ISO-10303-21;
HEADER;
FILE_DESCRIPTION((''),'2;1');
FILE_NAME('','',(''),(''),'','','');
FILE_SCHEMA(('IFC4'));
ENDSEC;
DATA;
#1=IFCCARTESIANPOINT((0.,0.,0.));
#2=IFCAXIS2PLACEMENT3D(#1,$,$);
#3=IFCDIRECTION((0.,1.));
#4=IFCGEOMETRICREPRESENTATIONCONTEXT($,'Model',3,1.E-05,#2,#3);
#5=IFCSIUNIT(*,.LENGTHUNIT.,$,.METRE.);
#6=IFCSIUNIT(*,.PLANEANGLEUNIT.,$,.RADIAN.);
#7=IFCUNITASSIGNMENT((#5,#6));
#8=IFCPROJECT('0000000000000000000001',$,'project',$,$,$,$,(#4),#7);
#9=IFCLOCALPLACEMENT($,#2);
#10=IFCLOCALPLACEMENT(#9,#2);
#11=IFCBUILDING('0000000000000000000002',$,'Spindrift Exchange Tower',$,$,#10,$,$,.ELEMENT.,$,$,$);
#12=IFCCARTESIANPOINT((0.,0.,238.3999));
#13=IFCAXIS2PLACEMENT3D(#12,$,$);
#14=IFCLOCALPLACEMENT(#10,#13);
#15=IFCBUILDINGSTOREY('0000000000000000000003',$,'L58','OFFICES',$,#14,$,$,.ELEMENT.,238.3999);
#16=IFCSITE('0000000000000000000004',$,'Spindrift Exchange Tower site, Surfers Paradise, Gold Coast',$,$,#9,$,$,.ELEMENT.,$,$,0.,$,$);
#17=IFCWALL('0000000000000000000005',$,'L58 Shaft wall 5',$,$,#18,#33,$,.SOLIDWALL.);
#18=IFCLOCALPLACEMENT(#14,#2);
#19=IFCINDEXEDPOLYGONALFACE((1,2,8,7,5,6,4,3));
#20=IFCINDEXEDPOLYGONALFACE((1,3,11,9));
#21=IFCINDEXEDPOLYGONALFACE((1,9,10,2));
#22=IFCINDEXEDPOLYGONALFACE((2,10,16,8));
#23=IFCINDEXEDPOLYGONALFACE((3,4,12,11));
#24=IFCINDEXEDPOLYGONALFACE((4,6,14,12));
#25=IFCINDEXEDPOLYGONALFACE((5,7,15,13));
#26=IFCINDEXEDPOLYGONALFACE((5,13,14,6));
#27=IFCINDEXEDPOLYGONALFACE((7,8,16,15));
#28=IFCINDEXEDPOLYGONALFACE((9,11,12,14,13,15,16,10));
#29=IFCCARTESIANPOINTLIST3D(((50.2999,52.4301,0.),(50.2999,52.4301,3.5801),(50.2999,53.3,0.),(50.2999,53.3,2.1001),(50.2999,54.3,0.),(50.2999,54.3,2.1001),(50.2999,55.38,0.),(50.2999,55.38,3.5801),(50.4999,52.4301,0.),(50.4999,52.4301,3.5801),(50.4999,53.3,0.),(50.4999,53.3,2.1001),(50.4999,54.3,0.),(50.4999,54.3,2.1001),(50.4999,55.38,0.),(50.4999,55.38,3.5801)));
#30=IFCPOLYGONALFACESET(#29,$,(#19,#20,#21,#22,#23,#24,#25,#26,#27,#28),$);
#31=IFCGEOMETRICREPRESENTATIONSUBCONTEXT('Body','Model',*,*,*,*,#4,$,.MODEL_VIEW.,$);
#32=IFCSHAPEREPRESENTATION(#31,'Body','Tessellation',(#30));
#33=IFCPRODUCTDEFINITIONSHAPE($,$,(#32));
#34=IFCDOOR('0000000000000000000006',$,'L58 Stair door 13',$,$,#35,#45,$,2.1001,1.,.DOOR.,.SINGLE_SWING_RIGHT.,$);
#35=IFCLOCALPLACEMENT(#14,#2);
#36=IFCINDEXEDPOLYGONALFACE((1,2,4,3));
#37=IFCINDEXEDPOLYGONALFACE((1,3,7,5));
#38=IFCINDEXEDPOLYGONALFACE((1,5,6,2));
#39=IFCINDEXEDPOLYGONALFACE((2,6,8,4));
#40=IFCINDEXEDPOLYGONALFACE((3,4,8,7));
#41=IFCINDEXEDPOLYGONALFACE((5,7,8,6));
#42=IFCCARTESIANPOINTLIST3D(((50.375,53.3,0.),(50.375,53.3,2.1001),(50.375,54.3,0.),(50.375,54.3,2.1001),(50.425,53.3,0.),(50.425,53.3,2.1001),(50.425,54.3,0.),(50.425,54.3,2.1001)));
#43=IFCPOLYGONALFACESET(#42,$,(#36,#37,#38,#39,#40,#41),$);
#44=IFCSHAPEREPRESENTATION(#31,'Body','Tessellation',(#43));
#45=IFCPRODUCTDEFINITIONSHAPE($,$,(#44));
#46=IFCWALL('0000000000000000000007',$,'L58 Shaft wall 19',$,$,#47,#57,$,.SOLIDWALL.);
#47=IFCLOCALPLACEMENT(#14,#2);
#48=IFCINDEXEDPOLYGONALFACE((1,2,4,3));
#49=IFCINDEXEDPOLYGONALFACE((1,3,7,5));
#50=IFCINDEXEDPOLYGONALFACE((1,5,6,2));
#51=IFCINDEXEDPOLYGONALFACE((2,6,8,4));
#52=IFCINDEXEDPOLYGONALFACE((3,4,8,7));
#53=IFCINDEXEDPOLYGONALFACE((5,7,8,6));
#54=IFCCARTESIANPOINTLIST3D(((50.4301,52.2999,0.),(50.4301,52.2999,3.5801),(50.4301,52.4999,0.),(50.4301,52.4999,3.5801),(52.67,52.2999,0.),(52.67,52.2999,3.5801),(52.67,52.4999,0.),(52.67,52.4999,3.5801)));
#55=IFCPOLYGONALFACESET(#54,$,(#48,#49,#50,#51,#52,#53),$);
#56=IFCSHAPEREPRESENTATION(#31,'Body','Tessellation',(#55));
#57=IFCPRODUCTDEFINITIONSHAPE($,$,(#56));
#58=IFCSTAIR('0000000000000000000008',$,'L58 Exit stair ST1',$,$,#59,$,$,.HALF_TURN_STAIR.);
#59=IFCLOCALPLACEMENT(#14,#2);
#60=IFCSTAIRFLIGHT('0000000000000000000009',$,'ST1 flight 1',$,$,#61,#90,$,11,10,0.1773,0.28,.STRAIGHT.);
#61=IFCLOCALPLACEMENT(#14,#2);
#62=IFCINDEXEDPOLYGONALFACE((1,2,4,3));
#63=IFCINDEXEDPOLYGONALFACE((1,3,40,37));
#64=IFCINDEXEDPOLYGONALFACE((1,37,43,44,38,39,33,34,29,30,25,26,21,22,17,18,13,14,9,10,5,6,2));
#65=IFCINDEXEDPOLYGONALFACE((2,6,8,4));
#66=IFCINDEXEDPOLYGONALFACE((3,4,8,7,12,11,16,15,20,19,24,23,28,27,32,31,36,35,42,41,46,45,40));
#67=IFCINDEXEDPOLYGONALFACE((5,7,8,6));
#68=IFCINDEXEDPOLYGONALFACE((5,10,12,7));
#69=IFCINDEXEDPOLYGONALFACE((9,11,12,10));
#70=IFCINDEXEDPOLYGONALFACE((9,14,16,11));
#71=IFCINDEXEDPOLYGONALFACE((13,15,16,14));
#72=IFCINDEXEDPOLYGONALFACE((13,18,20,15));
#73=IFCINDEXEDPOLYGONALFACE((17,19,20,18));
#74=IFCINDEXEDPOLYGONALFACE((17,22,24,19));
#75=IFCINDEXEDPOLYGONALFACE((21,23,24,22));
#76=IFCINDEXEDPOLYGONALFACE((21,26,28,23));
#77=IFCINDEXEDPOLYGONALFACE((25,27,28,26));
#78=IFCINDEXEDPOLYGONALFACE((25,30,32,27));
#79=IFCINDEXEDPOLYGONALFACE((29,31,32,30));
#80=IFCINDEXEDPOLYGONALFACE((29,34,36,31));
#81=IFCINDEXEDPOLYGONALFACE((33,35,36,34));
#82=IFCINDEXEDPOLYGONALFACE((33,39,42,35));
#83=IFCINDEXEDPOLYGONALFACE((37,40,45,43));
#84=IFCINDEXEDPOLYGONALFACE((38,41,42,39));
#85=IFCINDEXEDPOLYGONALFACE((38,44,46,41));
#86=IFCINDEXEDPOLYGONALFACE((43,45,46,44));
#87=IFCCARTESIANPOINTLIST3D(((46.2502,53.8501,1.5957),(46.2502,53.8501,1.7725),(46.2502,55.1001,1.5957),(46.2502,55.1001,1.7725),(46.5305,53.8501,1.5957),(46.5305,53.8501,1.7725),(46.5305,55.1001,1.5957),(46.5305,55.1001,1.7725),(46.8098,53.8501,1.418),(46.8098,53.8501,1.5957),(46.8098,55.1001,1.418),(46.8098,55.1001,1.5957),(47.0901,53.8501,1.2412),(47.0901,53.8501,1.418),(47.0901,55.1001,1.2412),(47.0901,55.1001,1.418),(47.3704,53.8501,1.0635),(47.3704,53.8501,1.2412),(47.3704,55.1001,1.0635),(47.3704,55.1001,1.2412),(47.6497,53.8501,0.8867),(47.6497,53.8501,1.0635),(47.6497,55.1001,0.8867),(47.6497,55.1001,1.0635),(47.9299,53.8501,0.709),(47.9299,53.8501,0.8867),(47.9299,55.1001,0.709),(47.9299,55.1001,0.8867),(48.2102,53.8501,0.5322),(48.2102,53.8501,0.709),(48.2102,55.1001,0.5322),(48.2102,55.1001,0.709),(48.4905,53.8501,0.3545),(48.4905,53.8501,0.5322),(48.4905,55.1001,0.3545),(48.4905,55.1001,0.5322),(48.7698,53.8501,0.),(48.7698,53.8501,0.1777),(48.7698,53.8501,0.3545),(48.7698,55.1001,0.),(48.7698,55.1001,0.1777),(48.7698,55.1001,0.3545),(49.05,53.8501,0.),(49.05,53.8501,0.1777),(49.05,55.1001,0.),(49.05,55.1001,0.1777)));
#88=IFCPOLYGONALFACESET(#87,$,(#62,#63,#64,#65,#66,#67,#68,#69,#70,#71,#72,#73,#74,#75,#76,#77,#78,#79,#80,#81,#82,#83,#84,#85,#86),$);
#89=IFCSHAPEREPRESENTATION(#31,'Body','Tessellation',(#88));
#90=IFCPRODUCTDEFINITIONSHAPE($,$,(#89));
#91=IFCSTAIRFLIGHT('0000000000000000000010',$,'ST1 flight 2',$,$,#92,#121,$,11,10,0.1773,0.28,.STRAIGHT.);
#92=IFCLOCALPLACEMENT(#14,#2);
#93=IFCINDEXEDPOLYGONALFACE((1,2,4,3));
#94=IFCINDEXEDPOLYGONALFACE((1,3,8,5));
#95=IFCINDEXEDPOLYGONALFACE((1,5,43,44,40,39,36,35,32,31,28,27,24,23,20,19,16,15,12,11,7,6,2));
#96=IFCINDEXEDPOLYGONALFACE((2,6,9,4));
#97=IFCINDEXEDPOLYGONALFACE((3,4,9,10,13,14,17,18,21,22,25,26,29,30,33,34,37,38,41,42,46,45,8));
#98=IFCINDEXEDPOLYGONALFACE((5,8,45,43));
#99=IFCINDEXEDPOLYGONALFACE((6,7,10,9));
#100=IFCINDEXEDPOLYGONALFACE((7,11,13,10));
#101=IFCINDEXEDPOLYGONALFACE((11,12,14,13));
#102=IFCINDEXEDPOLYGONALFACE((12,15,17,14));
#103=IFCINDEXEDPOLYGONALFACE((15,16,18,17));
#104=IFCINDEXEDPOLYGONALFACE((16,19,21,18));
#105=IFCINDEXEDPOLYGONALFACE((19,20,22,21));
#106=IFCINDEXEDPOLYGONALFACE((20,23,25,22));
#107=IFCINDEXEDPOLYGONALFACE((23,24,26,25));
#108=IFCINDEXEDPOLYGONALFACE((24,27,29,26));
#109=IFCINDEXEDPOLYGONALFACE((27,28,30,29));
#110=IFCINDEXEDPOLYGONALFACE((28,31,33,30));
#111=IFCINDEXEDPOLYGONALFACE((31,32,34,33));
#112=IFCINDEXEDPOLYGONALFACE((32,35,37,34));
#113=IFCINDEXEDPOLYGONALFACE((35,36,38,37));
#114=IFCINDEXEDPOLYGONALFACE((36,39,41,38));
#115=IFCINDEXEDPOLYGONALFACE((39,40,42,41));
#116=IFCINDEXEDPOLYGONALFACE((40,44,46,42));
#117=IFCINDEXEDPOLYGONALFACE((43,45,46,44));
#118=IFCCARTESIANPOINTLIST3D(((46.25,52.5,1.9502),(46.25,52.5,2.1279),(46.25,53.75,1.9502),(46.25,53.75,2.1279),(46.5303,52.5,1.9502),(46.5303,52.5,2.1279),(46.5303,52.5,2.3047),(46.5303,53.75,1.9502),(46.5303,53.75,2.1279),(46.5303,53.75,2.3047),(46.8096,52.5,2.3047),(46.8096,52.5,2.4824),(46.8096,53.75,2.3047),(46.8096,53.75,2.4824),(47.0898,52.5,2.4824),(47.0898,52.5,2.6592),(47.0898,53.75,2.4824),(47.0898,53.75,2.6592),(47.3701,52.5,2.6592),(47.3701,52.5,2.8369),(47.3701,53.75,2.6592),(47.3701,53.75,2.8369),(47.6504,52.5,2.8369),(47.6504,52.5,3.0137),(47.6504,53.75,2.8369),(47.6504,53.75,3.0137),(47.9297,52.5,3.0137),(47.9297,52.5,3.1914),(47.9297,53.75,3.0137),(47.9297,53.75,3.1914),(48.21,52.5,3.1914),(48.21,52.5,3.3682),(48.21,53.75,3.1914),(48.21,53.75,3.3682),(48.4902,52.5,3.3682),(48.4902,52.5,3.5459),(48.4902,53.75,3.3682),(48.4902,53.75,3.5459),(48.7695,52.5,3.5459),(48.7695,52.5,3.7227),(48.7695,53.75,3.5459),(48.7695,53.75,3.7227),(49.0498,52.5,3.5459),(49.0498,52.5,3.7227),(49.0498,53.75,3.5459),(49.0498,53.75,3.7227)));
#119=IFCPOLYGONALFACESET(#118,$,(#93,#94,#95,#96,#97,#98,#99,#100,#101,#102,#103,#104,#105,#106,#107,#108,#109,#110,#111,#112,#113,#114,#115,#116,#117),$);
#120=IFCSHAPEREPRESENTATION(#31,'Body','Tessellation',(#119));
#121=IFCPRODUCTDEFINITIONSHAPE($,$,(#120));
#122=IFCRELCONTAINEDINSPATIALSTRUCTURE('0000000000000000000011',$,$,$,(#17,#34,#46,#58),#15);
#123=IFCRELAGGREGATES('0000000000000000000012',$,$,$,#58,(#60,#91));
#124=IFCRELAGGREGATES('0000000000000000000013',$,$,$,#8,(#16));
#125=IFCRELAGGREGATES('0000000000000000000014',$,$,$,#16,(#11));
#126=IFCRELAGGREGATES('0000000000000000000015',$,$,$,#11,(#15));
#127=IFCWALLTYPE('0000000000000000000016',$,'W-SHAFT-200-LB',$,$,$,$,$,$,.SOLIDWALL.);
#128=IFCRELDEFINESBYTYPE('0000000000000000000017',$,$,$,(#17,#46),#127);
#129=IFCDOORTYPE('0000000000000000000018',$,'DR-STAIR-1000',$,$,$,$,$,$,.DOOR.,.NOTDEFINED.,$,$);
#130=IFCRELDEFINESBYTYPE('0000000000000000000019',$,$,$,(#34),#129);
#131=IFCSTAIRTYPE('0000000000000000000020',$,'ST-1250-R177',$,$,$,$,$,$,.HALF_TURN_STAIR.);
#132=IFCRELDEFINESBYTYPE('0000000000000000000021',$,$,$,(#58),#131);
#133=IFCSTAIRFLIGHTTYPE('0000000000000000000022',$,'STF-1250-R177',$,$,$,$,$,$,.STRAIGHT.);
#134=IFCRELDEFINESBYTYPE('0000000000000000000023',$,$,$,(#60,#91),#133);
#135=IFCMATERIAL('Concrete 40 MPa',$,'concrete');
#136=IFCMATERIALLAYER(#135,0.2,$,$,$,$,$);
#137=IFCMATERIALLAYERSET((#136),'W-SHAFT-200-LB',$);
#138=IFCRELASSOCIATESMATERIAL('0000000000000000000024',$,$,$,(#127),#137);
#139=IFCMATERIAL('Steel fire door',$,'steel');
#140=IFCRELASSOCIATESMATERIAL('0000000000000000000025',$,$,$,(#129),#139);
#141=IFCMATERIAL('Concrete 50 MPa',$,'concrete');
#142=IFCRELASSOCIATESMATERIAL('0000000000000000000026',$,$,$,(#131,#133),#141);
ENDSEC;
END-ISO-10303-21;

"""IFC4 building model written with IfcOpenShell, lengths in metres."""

from ifc_helpers import new_model, si_unit, direction, frame, frame_2d, origin, place, context, subcontext, project, spatial, line, indexed_curve, rectangle, outline, extrude, source, transform, mapped, material, layer, layer_set, type_object, element, fill, aggregate, save


model = new_model("IFC4")

# Units and contexts
model_context = context("Model", 3, precision=1e-05, world=origin(), true_north=direction((0.0, 1.0)))
body_context = subcontext(model_context, "Body", "Model", "MODEL_VIEW")
ifc_project = project(units=[si_unit("LENGTHUNIT", "METRE"), si_unit("PLANEANGLEUNIT", "RADIAN")], contexts=[model_context])

# Site, building, storey
site_placement = place(None, origin())
site = spatial("IfcSite", under=ifc_project, at=site_placement, Name="Spindrift Exchange Tower site, Surfers Paradise, Gold Coast", CompositionType="ELEMENT", RefElevation=0.0)
building_placement = place(site_placement, origin())
building = spatial("IfcBuilding", under=site, at=building_placement, Name="Spindrift Exchange Tower", CompositionType="ELEMENT")
storey_placement = place(building_placement, frame((0.0, 0.0, 238.3999)))
storey = spatial("IfcBuildingStorey", under=building, at=storey_placement, Name="L58", Description="OFFICES", CompositionType="ELEMENT", Elevation=238.3999)

# Shared definitions
ifc_material_1 = material(Name="Concrete 40 MPa", Category="concrete")
ifc_layer_1 = layer(ifc_material_1, 0.2)
ifc_layer_set_1 = layer_set([ifc_layer_1], Name="W-SHAFT-200-LB")
wall_type_1 = type_object("IfcWallType", Name="W-SHAFT-200-LB", PredefinedType="SOLIDWALL", material=ifc_layer_set_1)

# Wall, opening, door
wall_1_placement = place(storey_placement, frame((50.3999, 52.4299, 0.0), z_axis=(0.0, 0.0, 1.0), x_axis=(0.0, 1.0, 0.0)))
wall_1 = element("IfcWall", 1, at=wall_1_placement, inside=storey, type_object=wall_type_1, Name="L58 Shaft wall 5", PredefinedType="SOLIDWALL", context=body_context, shape_type="SweptSolid", body=[
    extrude(rectangle(XDim=2.95, YDim=0.2, at=frame_2d((1.4751, 0.0))), origin(), (0.0, 0.0, 1.0), 3.5801),
])
opening_1_placement = place(wall_1_placement, frame((0.8701, 0.0, 0.0)))
opening_1 = element("IfcOpeningElement", 2, at=opening_1_placement, cuts=wall_1, PredefinedType="OPENING", context=body_context, shape_type="SweptSolid", body=[
    extrude(rectangle(XDim=1.0, YDim=2.1001, at=frame_2d((0.5, 1.05))), frame((0.0, 0.1099, 0.0), z_axis=(0.0, -1.0, 0.0), x_axis=(1.0, 0.0, 0.0)), (0.0, 0.0, 1.0), 0.22),
])
ifc_material_2 = material(Name="Steel fire door", Category="steel")
door_type_1 = type_object("IfcDoorType", Name="DR-STAIR-1000", OperationType="NOTDEFINED", PredefinedType="DOOR", material=ifc_material_2)
shared_shape_1 = source(origin(), body_context, "Body", "SweptSolid", [
    extrude(rectangle(XDim=1.0, YDim=2.1001, at=frame_2d((0.5, 1.05))), frame((0.0, 0.0249, 0.0), z_axis=(0.0, -1.0, 0.0), x_axis=(1.0, 0.0, 0.0)), (0.0, 0.0, 1.0), 0.05),
])
door_1_placement = place(opening_1_placement, origin())
door_1 = element("IfcDoor", 3, at=door_1_placement, inside=storey, type_object=door_type_1, Name="L58 Stair door 13", OperationType="SINGLE_SWING_RIGHT", OverallHeight=2.1001, OverallWidth=1.0, PredefinedType="DOOR", context=body_context, shape_type="MappedRepresentation", body=[
    mapped(shared_shape_1, transform((0.0, 0.0, 0.0), scale=1.0)),
])
fill(opening_1, door_1)

# Wall
wall_2_placement = place(storey_placement, frame((50.4299, 52.3999, 0.0), z_axis=(0.0, 0.0, 1.0), x_axis=(1.0, 0.0, 0.0)))
element("IfcWall", 4, at=wall_2_placement, inside=storey, type_object=wall_type_1, Name="L58 Shaft wall 19", PredefinedType="SOLIDWALL", context=body_context, shape_type="SweptSolid", body=[
    extrude(rectangle(XDim=2.24, YDim=0.2, at=frame_2d((1.1201, 0.0))), origin(), (0.0, 0.0, 1.0), 3.5801),
])

# Stair, stair flights
ifc_material_3 = material(Name="Concrete 50 MPa", Category="concrete")
stair_type = type_object("IfcStairType", Name="ST-1250-R177", PredefinedType="HALF_TURN_STAIR", material=ifc_material_3)
stair_placement = place(storey_placement, origin())
stair = element("IfcStair", 5, at=stair_placement, inside=storey, type_object=stair_type, Name="L58 Exit stair ST1", PredefinedType="HALF_TURN_STAIR")
stair_flight_type = type_object("IfcStairFlightType", Name="STF-1250-R177", PredefinedType="STRAIGHT", material=ifc_material_3)
stair_flight_1_placement = place(storey_placement, frame((49.05, 54.4751, 0.0), z_axis=(0.0, 0.0, 1.0), x_axis=(-1.0, 0.0, 0.0)))
stair_flight_1 = element("IfcStairFlight", 6, at=stair_flight_1_placement, type_object=stair_flight_type, Name="ST1 flight 1", NumberOfRisers=11, NumberOfTreads=10, PredefinedType="STRAIGHT", RiserHeight=0.1773, TreadLength=0.28, context=body_context, shape_type="SweptSolid", body=[
    extrude(outline(indexed_curve([(0.0, 0.0), (0.0, 0.1777), (0.2803, 0.1777), (0.2803, 0.3545), (0.5596, 0.3545), (0.5596, 0.5322), (0.8398, 0.5322), (0.8398, 0.709), (1.1201, 0.709), (1.1201, 0.8867), (1.4004, 0.8867), (1.4004, 1.0635), (1.6797, 1.0635), (1.6797, 1.2412), (1.96, 1.2412), (1.96, 1.418), (2.2402, 1.418), (2.2402, 1.5957), (2.5195, 1.5957), (2.5195, 1.7725), (2.7998, 1.7725), (2.7998, 1.9502), (2.7998, 1.5957), (0.2803, 0.0)], segments=[line(1, 2, 3, 4, 5, 6, 7, 8, 9, 10, 11, 12, 13, 14, 15, 16, 17, 18, 19, 20, 21, 22, 23, 24, 1)], self_intersect=False)), frame((0.0, 0.625, 0.0), z_axis=(0.0, -1.0, 0.0), x_axis=(1.0, 0.0, 0.0)), (0.0, 0.0, 1.0), 1.25),
])
stair_flight_2_placement = place(storey_placement, frame((46.25, 53.125, 1.9502), z_axis=(0.0, 0.0, 1.0), x_axis=(1.0, 0.0, 0.0)))
stair_flight_2 = element("IfcStairFlight", 7, at=stair_flight_2_placement, type_object=stair_flight_type, Name="ST1 flight 2", NumberOfRisers=11, NumberOfTreads=10, PredefinedType="STRAIGHT", RiserHeight=0.1773, TreadLength=0.28, context=body_context, shape_type="SweptSolid", body=[
    extrude(outline(indexed_curve([(0.0, 0.0), (0.0, 0.1777), (0.2803, 0.1777), (0.2803, 0.3545), (0.5596, 0.3545), (0.5596, 0.5322), (0.8398, 0.5322), (0.8398, 0.709), (1.1201, 0.709), (1.1201, 0.8867), (1.4004, 0.8867), (1.4004, 1.0635), (1.6797, 1.0635), (1.6797, 1.2412), (1.96, 1.2412), (1.96, 1.418), (2.2402, 1.418), (2.2402, 1.5957), (2.5195, 1.5957), (2.5195, 1.7725), (2.7998, 1.7725), (2.7998, 1.9502), (2.7998, 1.5957), (0.2803, 0.0)], segments=[line(1, 2, 3, 4, 5, 6, 7, 8, 9, 10, 11, 12, 13, 14, 15, 16, 17, 18, 19, 20, 21, 22, 23, 24, 1)], self_intersect=False)), frame((0.0, 0.625, 0.0), z_axis=(0.0, -1.0, 0.0), x_axis=(1.0, 0.0, 0.0)), (0.0, 0.0, 1.0), 1.25),
])
aggregate(stair, [stair_flight_1, stair_flight_2])

save(model, "model.ifc")
